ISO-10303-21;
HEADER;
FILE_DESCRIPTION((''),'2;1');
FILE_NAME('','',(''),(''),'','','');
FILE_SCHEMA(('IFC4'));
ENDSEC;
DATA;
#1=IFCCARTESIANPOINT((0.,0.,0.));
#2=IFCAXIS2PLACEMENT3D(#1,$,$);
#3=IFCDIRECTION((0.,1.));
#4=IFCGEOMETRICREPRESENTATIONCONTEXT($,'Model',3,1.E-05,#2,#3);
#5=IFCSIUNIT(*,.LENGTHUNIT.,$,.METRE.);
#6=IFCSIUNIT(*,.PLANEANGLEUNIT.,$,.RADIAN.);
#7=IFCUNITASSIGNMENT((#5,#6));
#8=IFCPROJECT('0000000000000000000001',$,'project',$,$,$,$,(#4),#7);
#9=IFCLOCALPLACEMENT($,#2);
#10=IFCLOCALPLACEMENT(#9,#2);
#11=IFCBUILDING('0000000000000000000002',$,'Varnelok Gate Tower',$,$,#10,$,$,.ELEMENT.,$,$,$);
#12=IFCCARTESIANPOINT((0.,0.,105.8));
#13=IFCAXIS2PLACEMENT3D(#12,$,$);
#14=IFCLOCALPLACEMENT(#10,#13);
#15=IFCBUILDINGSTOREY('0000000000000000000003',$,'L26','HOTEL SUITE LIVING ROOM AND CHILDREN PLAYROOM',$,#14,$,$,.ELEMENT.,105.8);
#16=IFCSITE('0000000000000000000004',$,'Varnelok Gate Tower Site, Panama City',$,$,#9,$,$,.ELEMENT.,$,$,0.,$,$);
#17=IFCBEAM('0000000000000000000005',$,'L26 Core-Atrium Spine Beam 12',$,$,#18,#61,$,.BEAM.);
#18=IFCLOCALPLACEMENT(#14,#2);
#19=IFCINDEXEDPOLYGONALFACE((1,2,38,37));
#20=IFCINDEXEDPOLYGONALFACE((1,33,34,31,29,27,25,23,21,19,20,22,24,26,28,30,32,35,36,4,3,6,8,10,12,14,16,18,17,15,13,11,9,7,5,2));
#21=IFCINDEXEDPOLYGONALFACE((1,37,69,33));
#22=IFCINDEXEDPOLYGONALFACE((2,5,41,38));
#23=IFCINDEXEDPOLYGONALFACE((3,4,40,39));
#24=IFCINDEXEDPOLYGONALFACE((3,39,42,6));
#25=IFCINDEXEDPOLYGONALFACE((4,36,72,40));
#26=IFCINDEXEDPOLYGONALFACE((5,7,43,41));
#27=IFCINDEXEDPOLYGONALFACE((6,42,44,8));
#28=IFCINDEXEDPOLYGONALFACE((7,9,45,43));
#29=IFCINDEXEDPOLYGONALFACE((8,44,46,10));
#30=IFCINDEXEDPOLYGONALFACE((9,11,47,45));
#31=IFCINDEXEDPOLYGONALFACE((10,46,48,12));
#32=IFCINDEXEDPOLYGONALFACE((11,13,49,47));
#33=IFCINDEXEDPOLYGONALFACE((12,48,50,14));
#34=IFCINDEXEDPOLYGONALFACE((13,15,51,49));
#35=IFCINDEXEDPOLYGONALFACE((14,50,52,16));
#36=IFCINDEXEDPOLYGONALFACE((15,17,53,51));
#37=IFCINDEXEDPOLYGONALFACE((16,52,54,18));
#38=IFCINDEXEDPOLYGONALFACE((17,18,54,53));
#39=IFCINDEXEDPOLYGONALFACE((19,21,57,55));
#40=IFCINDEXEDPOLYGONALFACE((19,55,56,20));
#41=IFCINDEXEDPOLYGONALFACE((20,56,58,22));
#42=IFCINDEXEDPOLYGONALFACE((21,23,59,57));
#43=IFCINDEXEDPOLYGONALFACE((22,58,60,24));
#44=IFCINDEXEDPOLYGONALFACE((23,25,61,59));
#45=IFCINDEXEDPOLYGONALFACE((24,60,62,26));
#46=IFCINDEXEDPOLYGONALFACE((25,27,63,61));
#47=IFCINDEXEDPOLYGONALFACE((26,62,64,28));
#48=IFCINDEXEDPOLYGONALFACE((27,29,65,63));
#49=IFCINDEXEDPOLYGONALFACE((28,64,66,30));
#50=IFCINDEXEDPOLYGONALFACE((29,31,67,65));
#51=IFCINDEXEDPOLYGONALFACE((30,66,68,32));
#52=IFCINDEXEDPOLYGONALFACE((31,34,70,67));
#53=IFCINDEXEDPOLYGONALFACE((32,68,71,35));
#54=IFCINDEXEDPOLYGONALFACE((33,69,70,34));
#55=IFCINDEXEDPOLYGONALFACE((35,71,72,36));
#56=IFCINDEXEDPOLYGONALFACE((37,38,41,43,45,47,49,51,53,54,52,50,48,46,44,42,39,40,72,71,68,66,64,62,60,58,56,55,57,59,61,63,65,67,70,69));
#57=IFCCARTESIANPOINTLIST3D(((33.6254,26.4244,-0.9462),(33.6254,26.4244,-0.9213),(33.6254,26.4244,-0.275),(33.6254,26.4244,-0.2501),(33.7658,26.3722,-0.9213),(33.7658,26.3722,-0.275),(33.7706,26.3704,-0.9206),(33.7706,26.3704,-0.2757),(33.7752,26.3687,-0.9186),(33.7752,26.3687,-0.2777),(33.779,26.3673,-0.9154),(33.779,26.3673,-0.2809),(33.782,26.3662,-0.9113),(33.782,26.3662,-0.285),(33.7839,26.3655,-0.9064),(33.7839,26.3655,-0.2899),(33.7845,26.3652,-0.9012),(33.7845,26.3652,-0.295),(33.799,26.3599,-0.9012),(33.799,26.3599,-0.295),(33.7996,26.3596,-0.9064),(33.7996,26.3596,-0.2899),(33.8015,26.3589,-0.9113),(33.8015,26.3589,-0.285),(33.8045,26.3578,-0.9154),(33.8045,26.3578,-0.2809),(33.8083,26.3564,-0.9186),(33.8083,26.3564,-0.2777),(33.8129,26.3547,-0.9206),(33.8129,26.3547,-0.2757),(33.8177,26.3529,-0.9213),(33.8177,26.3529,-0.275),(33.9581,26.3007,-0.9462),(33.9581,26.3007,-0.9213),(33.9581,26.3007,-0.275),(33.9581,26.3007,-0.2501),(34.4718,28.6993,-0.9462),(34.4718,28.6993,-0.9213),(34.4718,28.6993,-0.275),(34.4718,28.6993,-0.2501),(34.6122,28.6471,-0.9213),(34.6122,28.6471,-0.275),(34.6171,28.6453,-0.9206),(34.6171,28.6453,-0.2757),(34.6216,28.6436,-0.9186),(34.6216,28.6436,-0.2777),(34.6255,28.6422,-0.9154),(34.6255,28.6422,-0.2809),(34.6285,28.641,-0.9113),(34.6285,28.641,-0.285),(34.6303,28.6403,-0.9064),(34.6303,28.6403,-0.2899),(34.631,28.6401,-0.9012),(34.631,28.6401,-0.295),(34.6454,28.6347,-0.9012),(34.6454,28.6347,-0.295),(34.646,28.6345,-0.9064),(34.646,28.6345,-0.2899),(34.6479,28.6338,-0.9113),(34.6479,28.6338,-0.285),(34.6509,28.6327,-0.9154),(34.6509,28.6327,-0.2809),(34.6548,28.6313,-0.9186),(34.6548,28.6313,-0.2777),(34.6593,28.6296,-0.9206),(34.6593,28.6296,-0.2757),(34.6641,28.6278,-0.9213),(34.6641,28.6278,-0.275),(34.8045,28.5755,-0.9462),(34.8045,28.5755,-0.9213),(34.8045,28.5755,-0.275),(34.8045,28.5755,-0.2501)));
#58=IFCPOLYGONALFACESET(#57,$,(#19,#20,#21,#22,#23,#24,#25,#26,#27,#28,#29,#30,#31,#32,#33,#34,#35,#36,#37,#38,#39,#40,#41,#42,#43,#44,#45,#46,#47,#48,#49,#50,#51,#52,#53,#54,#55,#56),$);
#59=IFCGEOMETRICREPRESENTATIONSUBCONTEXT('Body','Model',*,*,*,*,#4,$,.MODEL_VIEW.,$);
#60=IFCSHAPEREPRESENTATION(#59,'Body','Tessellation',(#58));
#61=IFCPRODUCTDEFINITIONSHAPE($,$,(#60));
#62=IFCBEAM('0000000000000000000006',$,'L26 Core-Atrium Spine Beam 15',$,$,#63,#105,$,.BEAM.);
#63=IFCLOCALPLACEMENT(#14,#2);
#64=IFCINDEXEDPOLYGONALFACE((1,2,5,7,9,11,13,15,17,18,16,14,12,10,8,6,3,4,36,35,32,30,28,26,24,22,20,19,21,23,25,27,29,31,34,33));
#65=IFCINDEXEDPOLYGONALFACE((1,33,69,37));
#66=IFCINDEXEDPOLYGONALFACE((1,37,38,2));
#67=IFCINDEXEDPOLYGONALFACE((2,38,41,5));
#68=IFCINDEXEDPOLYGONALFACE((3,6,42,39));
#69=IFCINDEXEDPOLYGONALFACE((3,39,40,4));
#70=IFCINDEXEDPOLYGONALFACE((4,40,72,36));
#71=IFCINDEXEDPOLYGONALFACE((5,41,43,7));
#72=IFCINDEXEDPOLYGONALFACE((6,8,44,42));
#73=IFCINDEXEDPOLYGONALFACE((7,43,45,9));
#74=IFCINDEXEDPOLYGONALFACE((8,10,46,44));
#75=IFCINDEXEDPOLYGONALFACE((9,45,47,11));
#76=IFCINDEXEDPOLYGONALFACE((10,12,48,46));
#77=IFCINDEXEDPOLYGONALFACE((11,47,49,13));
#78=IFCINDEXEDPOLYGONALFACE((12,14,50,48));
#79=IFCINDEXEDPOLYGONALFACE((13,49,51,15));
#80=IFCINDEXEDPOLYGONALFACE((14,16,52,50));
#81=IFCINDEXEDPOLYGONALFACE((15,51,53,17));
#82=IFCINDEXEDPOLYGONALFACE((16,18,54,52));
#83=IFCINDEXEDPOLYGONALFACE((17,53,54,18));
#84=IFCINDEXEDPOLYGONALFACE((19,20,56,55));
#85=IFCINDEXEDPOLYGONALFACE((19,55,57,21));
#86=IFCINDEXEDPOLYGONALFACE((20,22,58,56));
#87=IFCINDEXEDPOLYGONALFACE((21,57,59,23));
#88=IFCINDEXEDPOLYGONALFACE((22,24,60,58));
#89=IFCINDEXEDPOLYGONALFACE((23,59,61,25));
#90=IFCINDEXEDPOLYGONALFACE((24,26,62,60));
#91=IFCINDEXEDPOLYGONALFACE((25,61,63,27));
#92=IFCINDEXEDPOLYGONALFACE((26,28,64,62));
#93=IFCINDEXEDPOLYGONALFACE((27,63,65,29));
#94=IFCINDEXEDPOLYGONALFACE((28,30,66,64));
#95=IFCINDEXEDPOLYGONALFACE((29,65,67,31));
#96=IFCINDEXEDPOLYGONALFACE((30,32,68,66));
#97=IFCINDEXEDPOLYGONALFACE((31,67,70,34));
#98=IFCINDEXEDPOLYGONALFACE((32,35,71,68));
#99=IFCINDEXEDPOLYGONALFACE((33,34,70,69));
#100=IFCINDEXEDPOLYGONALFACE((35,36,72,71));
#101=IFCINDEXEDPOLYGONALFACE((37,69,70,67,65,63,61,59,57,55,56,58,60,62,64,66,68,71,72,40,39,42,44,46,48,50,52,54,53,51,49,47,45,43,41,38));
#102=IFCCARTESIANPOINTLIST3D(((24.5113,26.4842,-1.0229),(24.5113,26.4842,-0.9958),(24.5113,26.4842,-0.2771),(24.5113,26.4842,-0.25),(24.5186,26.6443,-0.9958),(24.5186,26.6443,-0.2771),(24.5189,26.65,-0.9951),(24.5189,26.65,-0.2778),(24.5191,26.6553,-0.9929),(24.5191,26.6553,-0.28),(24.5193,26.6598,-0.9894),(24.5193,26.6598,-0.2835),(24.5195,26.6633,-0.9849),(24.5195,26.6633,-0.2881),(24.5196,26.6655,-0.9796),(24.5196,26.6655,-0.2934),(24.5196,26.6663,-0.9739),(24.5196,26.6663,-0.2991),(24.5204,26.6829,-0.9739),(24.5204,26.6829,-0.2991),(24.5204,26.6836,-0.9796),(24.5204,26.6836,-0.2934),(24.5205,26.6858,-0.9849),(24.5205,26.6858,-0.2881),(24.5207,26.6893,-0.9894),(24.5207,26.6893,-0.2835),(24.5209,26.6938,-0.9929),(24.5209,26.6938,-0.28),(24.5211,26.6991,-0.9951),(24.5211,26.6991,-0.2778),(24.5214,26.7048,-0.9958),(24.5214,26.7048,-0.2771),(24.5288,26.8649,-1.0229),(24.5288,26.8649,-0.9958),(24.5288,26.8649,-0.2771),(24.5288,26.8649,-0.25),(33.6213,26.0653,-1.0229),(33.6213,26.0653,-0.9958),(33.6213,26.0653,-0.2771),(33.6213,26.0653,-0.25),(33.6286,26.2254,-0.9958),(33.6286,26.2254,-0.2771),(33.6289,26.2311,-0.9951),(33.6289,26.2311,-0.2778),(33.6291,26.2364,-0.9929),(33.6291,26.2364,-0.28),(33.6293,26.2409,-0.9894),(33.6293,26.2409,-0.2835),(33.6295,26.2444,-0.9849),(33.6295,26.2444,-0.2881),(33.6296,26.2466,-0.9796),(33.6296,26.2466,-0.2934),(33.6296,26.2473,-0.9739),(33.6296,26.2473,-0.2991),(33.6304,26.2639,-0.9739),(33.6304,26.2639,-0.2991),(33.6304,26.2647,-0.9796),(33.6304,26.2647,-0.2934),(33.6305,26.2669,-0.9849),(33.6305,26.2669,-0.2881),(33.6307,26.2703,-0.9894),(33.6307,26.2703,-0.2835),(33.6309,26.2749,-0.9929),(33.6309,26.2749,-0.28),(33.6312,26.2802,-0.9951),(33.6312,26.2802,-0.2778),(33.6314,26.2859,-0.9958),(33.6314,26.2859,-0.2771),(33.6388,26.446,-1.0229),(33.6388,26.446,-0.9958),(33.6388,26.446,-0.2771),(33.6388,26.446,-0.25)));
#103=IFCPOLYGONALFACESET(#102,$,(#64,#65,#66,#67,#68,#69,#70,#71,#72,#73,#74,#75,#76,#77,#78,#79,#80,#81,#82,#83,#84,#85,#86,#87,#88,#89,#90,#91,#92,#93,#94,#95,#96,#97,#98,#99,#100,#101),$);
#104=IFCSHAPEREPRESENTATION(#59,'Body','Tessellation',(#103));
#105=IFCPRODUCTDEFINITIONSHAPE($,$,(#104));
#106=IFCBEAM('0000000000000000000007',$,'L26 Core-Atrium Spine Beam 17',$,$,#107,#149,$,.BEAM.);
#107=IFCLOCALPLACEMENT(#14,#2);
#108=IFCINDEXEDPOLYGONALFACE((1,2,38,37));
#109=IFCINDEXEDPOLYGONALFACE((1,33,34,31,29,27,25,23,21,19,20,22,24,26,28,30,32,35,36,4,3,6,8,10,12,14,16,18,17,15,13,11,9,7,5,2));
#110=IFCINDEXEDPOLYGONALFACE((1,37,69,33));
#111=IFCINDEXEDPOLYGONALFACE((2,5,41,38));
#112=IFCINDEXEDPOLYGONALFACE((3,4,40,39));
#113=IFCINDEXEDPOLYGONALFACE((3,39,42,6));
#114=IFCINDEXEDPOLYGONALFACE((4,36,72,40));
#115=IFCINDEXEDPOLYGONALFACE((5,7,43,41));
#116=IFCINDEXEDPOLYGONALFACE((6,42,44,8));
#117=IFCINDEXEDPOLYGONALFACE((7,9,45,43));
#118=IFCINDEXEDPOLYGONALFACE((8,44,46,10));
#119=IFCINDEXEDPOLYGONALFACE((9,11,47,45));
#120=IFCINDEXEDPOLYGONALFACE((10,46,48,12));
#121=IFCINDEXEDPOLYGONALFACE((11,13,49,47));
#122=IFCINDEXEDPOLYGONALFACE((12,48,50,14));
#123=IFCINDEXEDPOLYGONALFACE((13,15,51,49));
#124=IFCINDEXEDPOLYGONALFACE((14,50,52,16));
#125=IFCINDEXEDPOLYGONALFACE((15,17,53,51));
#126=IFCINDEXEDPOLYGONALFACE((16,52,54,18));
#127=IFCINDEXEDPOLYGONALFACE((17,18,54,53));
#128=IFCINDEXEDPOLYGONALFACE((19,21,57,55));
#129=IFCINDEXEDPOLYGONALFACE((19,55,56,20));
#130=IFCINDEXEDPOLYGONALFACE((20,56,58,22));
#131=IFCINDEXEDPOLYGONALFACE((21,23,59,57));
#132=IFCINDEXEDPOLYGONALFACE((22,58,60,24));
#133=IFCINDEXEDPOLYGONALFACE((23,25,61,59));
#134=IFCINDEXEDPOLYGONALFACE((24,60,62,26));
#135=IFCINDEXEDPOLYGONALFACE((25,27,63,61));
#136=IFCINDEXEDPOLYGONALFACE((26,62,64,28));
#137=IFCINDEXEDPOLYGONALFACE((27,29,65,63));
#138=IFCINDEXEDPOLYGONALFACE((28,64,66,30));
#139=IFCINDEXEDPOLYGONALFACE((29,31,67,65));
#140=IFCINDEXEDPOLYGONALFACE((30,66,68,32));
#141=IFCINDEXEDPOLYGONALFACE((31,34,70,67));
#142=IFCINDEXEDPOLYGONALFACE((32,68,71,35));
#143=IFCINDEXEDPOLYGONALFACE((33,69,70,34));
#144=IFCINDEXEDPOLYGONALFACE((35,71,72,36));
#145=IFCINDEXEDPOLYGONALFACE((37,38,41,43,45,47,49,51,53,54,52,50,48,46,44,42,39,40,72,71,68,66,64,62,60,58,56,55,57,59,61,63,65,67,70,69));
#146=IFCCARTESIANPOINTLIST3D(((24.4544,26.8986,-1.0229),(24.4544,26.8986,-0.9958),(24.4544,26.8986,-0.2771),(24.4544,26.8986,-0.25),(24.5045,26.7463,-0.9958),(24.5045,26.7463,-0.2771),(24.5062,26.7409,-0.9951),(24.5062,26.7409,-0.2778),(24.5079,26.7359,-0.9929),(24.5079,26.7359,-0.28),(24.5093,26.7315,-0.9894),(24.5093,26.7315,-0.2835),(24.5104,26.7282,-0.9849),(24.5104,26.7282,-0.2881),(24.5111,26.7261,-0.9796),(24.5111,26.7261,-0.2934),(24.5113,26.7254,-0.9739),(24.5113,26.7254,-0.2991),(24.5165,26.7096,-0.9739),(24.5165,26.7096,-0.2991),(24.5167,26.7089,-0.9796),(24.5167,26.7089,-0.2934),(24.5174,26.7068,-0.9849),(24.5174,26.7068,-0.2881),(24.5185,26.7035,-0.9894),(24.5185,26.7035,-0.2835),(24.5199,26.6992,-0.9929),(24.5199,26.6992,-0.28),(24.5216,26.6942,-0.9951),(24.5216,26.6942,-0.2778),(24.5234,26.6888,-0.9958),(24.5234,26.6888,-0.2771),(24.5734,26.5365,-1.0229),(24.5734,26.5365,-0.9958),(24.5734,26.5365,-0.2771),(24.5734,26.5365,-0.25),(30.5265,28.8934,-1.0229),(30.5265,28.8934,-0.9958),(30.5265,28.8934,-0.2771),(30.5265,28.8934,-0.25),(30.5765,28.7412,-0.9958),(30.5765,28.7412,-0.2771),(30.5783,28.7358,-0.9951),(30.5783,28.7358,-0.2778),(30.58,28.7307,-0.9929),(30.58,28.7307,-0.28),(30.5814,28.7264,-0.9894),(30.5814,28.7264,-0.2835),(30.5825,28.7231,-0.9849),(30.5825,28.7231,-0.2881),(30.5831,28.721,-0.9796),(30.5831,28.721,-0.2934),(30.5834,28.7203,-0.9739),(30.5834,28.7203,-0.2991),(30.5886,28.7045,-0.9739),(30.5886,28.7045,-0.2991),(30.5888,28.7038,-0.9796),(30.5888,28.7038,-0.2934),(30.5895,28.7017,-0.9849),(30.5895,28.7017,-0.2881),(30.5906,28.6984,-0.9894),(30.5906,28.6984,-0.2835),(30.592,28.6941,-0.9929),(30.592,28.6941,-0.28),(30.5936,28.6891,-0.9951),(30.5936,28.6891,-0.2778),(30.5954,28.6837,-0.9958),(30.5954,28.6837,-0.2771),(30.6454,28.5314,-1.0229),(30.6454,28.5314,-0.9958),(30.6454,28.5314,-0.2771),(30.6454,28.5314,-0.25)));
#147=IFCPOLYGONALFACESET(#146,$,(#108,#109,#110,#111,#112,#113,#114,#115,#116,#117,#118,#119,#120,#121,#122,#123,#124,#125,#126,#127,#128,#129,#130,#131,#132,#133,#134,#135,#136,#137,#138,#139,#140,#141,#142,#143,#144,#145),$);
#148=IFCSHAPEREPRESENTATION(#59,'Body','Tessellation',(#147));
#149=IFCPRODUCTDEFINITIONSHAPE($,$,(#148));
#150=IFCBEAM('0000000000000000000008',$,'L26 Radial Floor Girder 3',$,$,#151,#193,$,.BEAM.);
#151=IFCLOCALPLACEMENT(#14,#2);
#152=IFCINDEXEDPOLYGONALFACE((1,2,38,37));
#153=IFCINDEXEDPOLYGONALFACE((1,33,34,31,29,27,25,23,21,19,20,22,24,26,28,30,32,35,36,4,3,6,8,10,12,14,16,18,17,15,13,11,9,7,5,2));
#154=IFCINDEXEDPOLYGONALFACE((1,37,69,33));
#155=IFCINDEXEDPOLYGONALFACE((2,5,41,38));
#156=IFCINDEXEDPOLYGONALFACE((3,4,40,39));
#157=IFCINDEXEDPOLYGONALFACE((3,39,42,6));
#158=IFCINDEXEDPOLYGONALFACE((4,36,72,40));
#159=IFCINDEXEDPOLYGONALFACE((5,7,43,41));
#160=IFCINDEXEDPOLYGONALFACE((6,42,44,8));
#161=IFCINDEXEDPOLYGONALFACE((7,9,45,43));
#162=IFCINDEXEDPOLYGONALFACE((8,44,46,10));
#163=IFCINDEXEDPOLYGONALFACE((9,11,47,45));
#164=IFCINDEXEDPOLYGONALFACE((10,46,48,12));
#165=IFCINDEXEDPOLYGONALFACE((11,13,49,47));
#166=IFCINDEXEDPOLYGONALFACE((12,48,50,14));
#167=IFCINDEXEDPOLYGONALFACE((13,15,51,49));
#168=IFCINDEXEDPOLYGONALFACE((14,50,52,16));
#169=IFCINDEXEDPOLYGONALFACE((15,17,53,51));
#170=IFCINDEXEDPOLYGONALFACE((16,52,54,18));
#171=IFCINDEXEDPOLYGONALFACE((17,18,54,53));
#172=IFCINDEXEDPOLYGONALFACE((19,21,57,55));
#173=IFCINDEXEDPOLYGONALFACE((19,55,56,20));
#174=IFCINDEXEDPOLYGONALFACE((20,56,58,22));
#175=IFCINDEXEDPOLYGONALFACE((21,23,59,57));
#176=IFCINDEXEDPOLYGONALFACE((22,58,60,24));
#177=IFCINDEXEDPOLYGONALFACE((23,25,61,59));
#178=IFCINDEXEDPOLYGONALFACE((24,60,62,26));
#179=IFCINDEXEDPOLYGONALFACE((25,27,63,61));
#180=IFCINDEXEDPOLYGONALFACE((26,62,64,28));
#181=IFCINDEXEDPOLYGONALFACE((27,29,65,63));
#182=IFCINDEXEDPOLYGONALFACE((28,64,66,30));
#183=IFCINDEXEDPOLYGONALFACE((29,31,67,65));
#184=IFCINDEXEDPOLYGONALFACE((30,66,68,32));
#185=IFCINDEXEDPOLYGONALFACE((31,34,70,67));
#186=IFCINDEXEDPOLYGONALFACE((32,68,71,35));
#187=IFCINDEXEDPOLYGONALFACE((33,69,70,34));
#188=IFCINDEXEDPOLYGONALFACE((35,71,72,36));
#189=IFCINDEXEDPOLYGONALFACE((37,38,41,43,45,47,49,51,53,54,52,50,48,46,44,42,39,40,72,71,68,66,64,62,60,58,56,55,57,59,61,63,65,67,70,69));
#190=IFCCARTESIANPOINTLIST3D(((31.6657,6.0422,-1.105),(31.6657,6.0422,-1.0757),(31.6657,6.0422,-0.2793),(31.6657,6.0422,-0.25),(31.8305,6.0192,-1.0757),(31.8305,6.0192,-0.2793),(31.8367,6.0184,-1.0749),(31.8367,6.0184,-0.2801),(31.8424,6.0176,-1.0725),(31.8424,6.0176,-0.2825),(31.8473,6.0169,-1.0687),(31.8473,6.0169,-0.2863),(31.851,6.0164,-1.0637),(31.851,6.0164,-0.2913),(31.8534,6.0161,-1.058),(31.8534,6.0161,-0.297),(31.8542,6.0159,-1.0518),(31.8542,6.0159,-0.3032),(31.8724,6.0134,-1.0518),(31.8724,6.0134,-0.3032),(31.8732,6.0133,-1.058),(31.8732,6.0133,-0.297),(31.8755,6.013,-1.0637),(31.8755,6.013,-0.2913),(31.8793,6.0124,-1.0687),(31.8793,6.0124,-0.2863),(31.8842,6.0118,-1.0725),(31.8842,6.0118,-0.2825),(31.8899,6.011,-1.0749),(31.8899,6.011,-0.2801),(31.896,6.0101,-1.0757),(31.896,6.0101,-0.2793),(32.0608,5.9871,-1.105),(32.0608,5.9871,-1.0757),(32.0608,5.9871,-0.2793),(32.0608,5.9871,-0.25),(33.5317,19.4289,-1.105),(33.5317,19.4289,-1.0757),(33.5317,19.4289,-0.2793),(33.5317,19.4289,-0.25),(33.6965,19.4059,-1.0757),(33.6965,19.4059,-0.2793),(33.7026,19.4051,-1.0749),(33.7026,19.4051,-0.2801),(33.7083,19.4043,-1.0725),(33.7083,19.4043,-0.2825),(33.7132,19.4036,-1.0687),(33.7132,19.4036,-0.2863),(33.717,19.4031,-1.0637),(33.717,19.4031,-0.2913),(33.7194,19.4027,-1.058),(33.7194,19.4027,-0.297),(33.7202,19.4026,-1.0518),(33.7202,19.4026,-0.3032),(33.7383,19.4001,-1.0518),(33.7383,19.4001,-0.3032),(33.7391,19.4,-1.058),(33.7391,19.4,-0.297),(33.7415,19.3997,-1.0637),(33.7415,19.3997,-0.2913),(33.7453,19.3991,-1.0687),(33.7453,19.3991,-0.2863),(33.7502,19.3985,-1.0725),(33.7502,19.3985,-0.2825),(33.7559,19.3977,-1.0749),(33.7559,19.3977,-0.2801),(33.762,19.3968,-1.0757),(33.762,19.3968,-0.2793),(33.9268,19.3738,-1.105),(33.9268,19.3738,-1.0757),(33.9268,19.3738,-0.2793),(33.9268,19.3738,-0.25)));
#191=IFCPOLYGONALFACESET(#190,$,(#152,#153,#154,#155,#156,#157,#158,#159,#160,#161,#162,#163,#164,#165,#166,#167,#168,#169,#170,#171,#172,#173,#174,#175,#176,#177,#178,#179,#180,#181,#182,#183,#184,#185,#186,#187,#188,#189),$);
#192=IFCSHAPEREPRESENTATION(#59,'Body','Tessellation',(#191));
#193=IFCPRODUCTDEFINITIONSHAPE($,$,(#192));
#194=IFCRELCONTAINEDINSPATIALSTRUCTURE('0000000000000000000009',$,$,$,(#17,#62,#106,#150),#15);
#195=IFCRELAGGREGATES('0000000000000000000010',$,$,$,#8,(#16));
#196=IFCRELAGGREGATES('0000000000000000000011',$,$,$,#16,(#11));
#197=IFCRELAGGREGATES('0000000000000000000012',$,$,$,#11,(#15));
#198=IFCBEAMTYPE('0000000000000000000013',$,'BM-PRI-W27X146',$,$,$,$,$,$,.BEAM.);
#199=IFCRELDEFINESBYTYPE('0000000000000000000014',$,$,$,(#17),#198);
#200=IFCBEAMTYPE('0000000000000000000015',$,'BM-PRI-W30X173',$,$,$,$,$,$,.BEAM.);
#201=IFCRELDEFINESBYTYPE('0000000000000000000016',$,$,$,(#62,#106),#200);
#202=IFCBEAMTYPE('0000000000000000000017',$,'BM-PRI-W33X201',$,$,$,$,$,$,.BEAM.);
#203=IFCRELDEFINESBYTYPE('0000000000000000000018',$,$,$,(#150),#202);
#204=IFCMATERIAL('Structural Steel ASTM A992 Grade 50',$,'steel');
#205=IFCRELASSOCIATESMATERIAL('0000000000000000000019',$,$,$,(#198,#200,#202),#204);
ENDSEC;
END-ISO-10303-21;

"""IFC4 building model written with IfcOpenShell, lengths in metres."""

from ifc_helpers import new_model, si_unit, direction, frame, origin, origin_2d, place, context, subcontext, project, spatial, i_section, extrude, material, material_profile, profile_set, type_object, element, save


model = new_model("IFC4")

# Units and contexts
model_context = context("Model", 3, precision=1e-05, world=origin(), true_north=direction((0.0, 1.0)))
body_context = subcontext(model_context, "Body", "Model", "MODEL_VIEW")
ifc_project = project(units=[si_unit("LENGTHUNIT", "METRE"), si_unit("PLANEANGLEUNIT", "RADIAN")], contexts=[model_context])

# Site, building, storey
site_placement = place(None, origin())
site = spatial("IfcSite", under=ifc_project, at=site_placement, Name="Varnelok Gate Tower Site, Panama City", CompositionType="ELEMENT", RefElevation=0.0)
building_placement = place(site_placement, origin())
building = spatial("IfcBuilding", under=site, at=building_placement, Name="Varnelok Gate Tower", CompositionType="ELEMENT")
storey_placement = place(building_placement, frame((0.0, 0.0, 105.8)))
storey = spatial("IfcBuildingStorey", under=building, at=storey_placement, Name="L26", Description="HOTEL SUITE LIVING ROOM AND CHILDREN PLAYROOM", CompositionType="ELEMENT", Elevation=105.8)

# Shared definitions
ifc_material_1 = material(Name="Structural Steel ASTM A992 Grade 50", Category="steel")

# Beams
ifc_material_profile_1 = material_profile(ifc_material_1, i_section(OverallWidth=0.355, OverallDepth=0.696, WebThickness=0.0154, FlangeThickness=0.0249, FilletRadius=0.02, at=origin_2d()), Name="W27X146")
ifc_profile_set_1 = profile_set([ifc_material_profile_1], Name="Structural Steel ASTM A992 Grade 50")
beam_type_1 = type_object("IfcBeamType", Name="BM-PRI-W27X146", PredefinedType="BEAM", material=ifc_profile_set_1)
beam_1_placement = place(storey_placement, frame((33.7917, 26.3625, -0.5981), z_axis=(0.348719, 0.937227, 0.0), x_axis=(-0.937227, 0.348719, 0.0)))
element("IfcBeam", 1, at=beam_1_placement, inside=storey, type_object=beam_type_1, Name="L26 Core-Atrium Spine Beam 12", PredefinedType="BEAM", context=body_context, shape_type="SweptSolid", body=[
    extrude(i_section(OverallWidth=0.355, OverallDepth=0.696, WebThickness=0.0154, FlangeThickness=0.0249, FilletRadius=0.02, at=origin_2d()), origin(), (0.0, 0.0, 1.0), 2.4272),
])
ifc_material_profile_2 = material_profile(ifc_material_1, i_section(OverallWidth=0.3811, OverallDepth=0.7729, WebThickness=0.0166, FlangeThickness=0.0271, FilletRadius=0.022, at=origin_2d()), Name="W30X173")
ifc_profile_set_2 = profile_set([ifc_material_profile_2], Name="Structural Steel ASTM A992 Grade 50")
beam_type_2 = type_object("IfcBeamType", Name="BM-PRI-W30X173", PredefinedType="BEAM", material=ifc_profile_set_2)
beam_2_placement = place(storey_placement, frame((24.52, 26.6746, -0.6365), z_axis=(0.998944, -0.045938, 0.0), x_axis=(0.045938, 0.998944, 0.0)))
element("IfcBeam", 2, at=beam_2_placement, inside=storey, type_object=beam_type_2, Name="L26 Core-Atrium Spine Beam 15", PredefinedType="BEAM", context=body_context, shape_type="SweptSolid", body=[
    extrude(i_section(OverallWidth=0.3811, OverallDepth=0.7729, WebThickness=0.0166, FlangeThickness=0.0271, FilletRadius=0.022, at=origin_2d()), origin(), (0.0, 0.0, 1.0), 9.1196),
])
beam_3_placement = place(storey_placement, frame((24.5139, 26.7175, -0.6365), z_axis=(0.950042, 0.312122, 0.0), x_axis=(-0.312122, 0.950042, 0.0)))
element("IfcBeam", 3, at=beam_3_placement, inside=storey, type_object=beam_type_2, Name="L26 Core-Atrium Spine Beam 17", PredefinedType="BEAM", context=body_context, shape_type="SweptSolid", body=[
    extrude(i_section(OverallWidth=0.3811, OverallDepth=0.7729, WebThickness=0.0166, FlangeThickness=0.0271, FilletRadius=0.022, at=origin_2d()), origin(), (0.0, 0.0, 1.0), 6.3914),
])
ifc_material_profile_3 = material_profile(ifc_material_1, i_section(OverallWidth=0.3989, OverallDepth=0.855, WebThickness=0.0183, FlangeThickness=0.0293, FilletRadius=0.0239, at=origin_2d()), Name="W33X201")
ifc_profile_set_3 = profile_set([ifc_material_profile_3], Name="Structural Steel ASTM A992 Grade 50")
beam_type_3 = type_object("IfcBeamType", Name="BM-PRI-W33X201", PredefinedType="BEAM", material=ifc_profile_set_3)
beam_4_placement = place(storey_placement, frame((33.7292, 19.4014, -0.6775), z_axis=(-0.138055, -0.990425, 0.0), x_axis=(0.990425, -0.138055, 0.0)))
element("IfcBeam", 4, at=beam_4_placement, inside=storey, type_object=beam_type_3, Name="L26 Radial Floor Girder 3", PredefinedType="BEAM", context=body_context, shape_type="SweptSolid", body=[
    extrude(i_section(OverallWidth=0.3989, OverallDepth=0.855, WebThickness=0.0183, FlangeThickness=0.0293, FilletRadius=0.0239, at=origin_2d()), origin(), (0.0, 0.0, 1.0), 13.5161),
])

save(model, "model.ifc")
